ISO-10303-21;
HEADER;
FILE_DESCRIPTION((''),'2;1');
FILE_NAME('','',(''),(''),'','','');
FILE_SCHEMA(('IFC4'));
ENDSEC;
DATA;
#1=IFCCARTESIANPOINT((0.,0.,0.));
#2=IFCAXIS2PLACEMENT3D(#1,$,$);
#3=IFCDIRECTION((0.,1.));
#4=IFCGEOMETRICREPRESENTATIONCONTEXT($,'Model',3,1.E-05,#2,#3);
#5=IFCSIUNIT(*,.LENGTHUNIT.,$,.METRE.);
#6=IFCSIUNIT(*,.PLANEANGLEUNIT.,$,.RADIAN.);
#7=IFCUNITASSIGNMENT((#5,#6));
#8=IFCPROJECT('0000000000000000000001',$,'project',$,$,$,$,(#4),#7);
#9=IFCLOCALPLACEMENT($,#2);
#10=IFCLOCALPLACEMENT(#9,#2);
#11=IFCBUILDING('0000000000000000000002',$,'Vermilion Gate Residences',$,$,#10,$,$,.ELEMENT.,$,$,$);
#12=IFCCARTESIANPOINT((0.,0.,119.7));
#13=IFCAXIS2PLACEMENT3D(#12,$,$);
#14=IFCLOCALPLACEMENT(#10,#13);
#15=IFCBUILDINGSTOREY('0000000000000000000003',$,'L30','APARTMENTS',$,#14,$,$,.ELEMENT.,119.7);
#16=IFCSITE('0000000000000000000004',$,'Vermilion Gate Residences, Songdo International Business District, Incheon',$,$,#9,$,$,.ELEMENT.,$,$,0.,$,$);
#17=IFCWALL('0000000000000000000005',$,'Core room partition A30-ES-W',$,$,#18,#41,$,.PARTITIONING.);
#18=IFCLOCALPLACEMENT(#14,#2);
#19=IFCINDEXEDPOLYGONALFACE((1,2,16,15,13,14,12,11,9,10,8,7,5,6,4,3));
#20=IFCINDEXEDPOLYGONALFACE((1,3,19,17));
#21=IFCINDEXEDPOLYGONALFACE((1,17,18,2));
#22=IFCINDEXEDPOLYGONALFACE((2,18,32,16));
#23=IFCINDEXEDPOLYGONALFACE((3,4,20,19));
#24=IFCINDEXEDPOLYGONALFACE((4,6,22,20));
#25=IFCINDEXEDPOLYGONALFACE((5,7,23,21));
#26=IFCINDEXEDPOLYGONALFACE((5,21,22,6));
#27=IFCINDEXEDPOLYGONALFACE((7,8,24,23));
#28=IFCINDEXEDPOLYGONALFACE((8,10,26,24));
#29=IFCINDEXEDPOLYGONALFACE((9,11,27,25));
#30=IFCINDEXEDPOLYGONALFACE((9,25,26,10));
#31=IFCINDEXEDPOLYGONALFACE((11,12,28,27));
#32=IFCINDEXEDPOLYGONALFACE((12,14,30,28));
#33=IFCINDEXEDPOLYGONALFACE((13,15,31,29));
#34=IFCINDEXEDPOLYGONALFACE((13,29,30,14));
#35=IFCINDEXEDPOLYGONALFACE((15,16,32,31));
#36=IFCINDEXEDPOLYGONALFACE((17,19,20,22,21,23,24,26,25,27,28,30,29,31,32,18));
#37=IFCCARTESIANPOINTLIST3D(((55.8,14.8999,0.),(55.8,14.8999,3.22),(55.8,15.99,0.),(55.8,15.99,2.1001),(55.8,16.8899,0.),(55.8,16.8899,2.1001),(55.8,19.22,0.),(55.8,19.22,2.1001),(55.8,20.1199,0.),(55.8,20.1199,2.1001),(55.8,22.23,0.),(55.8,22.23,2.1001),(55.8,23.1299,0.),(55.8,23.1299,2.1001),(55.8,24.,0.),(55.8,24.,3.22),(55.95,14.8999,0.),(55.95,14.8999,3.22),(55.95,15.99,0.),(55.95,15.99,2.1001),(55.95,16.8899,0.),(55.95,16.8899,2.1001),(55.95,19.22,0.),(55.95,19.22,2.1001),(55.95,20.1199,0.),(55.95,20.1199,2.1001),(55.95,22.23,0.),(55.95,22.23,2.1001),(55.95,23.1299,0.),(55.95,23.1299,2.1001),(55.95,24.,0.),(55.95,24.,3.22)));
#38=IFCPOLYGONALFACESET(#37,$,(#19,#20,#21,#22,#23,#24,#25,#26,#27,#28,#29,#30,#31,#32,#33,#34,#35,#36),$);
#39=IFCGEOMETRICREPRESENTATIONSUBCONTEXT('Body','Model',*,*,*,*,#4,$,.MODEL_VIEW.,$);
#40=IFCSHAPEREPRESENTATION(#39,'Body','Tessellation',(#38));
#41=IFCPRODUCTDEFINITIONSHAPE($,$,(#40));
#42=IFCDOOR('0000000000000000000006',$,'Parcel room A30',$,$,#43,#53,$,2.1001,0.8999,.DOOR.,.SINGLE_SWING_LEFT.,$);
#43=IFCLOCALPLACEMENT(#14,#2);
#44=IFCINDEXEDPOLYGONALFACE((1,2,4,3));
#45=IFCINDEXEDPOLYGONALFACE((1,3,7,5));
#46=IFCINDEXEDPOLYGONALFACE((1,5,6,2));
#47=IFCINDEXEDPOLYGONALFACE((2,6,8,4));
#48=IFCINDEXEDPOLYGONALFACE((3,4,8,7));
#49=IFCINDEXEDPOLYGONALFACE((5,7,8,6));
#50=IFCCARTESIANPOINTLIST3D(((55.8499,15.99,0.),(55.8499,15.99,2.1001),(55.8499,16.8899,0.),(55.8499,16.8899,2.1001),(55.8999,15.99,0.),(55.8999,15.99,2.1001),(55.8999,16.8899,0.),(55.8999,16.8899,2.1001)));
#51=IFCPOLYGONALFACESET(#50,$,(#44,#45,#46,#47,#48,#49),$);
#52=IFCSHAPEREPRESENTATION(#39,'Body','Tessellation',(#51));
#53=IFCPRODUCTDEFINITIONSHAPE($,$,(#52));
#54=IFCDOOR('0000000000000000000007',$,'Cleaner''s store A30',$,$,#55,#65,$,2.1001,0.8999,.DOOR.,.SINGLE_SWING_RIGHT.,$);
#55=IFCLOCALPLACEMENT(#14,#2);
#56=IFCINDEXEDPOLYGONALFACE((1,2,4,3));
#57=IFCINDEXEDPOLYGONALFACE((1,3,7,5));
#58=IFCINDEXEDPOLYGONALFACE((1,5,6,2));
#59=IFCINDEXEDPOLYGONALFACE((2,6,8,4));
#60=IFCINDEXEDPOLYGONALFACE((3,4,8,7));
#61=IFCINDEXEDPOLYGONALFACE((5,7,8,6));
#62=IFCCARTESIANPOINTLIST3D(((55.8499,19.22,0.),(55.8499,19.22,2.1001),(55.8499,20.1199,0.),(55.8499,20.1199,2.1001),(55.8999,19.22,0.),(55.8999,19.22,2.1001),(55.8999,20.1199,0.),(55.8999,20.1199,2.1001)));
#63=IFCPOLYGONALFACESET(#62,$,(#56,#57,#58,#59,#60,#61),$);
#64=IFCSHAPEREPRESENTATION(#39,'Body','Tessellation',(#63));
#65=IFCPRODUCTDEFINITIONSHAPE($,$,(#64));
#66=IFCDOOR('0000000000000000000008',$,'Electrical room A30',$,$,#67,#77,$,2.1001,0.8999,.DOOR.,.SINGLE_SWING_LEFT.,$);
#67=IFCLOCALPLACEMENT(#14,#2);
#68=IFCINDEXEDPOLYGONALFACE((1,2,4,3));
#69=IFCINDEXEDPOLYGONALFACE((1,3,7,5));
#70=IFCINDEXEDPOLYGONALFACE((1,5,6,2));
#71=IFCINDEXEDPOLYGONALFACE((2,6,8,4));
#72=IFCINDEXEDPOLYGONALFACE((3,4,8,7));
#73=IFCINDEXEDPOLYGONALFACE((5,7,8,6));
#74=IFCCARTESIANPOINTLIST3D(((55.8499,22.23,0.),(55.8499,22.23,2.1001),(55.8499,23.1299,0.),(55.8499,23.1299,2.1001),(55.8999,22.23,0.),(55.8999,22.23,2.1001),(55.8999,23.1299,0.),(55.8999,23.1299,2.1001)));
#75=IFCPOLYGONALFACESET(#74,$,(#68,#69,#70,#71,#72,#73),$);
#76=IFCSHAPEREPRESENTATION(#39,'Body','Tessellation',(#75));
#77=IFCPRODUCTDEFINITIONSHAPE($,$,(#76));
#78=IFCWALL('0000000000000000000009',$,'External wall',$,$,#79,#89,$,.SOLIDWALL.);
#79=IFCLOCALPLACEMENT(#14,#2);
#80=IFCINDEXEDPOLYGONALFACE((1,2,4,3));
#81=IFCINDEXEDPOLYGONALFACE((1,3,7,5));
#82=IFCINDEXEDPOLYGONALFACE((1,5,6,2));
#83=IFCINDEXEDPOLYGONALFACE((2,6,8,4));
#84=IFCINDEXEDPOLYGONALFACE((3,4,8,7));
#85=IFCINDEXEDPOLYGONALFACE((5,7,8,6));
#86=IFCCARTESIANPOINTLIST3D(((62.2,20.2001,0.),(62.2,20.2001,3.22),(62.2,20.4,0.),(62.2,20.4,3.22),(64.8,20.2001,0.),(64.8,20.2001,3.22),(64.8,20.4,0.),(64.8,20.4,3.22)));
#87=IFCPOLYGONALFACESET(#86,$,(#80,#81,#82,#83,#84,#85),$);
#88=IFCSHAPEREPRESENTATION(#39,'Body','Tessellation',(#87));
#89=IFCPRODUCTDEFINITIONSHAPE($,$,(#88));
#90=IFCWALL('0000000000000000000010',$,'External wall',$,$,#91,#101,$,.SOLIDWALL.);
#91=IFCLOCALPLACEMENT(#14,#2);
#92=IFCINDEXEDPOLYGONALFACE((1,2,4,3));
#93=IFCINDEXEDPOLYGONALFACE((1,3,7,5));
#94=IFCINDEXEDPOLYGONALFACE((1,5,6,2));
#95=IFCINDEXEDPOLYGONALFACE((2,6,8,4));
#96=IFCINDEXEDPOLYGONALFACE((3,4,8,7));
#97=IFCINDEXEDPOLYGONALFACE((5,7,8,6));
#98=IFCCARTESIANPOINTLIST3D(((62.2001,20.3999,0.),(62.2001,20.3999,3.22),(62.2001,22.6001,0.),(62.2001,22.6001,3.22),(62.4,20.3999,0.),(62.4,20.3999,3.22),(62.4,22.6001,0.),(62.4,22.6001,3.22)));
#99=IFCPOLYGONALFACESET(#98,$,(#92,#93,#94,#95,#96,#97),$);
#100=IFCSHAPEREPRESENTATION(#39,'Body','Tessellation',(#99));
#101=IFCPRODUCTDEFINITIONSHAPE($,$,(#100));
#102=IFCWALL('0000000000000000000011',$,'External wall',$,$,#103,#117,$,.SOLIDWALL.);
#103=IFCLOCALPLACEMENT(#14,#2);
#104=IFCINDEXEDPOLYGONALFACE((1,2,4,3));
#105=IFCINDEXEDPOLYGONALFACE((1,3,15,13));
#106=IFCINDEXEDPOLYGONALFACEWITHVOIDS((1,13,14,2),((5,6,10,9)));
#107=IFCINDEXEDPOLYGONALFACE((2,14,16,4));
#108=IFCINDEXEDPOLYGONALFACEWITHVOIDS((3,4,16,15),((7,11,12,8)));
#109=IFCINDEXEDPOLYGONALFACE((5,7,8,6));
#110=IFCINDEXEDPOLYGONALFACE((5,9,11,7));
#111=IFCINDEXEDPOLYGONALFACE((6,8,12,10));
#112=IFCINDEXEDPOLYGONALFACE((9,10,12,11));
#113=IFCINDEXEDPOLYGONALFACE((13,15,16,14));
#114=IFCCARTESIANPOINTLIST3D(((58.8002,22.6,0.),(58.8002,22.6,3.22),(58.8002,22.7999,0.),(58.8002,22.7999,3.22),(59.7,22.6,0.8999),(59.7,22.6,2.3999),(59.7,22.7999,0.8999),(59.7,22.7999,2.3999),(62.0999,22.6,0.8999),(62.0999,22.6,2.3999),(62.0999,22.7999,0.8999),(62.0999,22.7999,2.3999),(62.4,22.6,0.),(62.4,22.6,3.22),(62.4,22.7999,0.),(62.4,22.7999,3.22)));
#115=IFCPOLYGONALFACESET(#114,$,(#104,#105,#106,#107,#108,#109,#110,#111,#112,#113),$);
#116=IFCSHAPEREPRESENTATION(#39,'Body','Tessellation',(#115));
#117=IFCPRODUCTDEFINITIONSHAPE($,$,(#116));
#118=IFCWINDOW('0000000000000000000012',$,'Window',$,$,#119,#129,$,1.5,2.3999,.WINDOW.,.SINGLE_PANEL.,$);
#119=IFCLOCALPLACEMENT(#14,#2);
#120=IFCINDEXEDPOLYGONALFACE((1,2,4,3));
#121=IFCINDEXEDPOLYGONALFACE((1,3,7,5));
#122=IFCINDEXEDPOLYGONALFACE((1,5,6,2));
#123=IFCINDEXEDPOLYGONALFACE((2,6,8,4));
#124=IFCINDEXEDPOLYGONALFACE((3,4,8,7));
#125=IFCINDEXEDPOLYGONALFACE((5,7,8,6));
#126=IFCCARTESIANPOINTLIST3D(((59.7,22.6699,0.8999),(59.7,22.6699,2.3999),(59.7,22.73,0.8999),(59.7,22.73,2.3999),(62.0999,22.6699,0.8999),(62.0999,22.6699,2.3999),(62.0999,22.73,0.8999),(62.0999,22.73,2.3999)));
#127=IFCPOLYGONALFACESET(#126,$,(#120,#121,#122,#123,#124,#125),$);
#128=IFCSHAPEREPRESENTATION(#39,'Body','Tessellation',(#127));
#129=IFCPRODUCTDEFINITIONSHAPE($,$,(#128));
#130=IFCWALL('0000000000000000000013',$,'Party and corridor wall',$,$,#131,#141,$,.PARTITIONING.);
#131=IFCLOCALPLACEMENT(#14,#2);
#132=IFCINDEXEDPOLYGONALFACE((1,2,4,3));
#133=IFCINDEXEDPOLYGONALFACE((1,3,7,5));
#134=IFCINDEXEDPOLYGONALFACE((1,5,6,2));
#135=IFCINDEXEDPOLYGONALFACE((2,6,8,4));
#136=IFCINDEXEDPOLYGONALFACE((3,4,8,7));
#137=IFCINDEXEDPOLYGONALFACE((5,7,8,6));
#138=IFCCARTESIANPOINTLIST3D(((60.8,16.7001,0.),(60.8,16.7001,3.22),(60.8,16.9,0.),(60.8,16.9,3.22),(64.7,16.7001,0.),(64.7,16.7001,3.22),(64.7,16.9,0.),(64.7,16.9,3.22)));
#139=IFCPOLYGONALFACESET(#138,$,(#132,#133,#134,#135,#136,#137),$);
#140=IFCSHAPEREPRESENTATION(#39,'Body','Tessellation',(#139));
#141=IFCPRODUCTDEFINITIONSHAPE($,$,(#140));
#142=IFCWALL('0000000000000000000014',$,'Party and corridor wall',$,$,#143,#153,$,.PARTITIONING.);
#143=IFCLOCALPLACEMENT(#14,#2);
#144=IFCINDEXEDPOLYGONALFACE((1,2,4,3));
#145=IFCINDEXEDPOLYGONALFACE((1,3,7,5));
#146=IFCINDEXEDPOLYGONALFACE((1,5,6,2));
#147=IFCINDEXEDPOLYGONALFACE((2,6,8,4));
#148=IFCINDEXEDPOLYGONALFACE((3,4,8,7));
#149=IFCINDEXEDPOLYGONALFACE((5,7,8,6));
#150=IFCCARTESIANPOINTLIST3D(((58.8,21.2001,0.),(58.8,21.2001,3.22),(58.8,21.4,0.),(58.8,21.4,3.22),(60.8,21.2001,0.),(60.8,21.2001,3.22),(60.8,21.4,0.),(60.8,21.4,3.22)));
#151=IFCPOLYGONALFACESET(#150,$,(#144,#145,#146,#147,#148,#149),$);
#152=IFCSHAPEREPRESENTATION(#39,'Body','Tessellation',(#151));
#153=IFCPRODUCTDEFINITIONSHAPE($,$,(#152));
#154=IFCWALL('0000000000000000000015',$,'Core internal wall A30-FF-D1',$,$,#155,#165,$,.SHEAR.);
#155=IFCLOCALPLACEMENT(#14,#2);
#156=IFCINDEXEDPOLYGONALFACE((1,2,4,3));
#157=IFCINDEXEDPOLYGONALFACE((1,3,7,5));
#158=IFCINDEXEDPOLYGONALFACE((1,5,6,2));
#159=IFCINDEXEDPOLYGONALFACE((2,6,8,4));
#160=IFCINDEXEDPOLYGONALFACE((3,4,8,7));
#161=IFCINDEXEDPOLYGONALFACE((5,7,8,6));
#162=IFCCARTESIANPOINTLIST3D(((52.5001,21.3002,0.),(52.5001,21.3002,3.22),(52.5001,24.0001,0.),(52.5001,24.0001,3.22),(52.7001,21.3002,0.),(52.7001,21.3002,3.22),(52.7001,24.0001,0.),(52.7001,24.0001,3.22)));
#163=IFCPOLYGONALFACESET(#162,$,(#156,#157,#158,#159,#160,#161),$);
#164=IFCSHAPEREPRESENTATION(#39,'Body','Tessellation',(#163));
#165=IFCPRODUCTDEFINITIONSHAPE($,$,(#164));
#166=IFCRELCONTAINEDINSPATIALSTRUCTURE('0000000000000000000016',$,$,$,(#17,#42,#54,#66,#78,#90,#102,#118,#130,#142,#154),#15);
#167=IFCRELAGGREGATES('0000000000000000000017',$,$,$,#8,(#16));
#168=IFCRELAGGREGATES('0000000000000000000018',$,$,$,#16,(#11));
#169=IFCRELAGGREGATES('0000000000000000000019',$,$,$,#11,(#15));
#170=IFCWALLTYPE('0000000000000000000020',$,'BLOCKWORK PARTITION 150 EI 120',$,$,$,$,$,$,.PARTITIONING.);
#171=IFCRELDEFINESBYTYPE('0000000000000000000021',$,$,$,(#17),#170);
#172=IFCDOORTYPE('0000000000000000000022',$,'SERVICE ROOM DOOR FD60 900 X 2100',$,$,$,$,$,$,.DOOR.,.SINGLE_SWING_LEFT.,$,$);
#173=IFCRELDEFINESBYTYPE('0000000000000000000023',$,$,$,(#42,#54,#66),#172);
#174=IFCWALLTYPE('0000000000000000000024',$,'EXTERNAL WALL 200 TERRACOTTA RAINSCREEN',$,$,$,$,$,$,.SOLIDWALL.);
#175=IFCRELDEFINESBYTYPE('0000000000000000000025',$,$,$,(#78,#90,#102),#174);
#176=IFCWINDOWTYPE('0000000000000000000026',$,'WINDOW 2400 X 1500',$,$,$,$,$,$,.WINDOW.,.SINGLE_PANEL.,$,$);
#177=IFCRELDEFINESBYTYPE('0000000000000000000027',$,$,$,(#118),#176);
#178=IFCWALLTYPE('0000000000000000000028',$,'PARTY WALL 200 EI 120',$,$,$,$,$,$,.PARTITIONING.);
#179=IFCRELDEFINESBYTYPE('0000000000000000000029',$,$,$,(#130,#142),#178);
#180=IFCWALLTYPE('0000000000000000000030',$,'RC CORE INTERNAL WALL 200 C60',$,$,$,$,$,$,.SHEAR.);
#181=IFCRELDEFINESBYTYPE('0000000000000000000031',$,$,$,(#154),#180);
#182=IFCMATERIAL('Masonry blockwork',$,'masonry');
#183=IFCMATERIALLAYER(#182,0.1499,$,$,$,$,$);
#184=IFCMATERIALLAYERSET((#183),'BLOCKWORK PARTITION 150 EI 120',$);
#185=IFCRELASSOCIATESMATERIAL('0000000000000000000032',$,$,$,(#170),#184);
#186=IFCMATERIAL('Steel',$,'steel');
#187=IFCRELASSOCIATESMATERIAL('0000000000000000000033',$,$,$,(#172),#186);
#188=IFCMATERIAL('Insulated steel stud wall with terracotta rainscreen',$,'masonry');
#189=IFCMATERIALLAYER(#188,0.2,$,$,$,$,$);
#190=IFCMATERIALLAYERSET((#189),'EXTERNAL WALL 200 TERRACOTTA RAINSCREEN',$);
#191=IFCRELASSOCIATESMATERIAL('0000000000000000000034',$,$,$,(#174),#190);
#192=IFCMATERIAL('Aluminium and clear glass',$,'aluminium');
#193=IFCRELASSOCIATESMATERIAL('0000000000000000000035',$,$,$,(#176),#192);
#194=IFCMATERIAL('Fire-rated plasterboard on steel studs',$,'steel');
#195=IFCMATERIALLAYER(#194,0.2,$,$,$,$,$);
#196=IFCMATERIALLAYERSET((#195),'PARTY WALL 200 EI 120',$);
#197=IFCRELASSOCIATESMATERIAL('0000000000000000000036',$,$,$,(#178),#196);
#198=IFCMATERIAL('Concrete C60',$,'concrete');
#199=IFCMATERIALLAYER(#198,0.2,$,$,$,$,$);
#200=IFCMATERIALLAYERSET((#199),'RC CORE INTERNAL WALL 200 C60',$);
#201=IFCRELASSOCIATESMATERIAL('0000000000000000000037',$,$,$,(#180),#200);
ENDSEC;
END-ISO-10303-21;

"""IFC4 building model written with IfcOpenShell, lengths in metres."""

from ifc_helpers import new_model, si_unit, direction, frame, frame_2d, origin, place, context, subcontext, project, spatial, rectangle, extrude, material, layer, layer_set, type_object, element, fill, save


model = new_model("IFC4")

# Units and contexts
model_context = context("Model", 3, precision=1e-05, world=origin(), true_north=direction((0.0, 1.0)))
body_context = subcontext(model_context, "Body", "Model", "MODEL_VIEW")
ifc_project = project(units=[si_unit("LENGTHUNIT", "METRE"), si_unit("PLANEANGLEUNIT", "RADIAN")], contexts=[model_context])

# Site, building, storey
site_placement = place(None, origin())
site = spatial("IfcSite", under=ifc_project, at=site_placement, Name="Vermilion Gate Residences, Songdo International Business District, Incheon", CompositionType="ELEMENT", RefElevation=0.0)
building_placement = place(site_placement, origin())
building = spatial("IfcBuilding", under=site, at=building_placement, Name="Vermilion Gate Residences", CompositionType="ELEMENT")
storey_placement = place(building_placement, frame((0.0, 0.0, 119.7)))
storey = spatial("IfcBuildingStorey", under=building, at=storey_placement, Name="L30", Description="APARTMENTS", CompositionType="ELEMENT", Elevation=119.7)

# Shared definitions
ifc_material_1 = material(Name="Masonry blockwork", Category="masonry")
ifc_layer_1 = layer(ifc_material_1, 0.1499)
ifc_layer_set_1 = layer_set([ifc_layer_1], Name="BLOCKWORK PARTITION 150 EI 120")
wall_type_1 = type_object("IfcWallType", Name="BLOCKWORK PARTITION 150 EI 120", PredefinedType="PARTITIONING", material=ifc_layer_set_1)

# Wall, openings, doors
wall_1_placement = place(storey_placement, frame((55.875, 14.8999, 0.0), z_axis=(0.0, 0.0, 1.0), x_axis=(0.0, 1.0, 0.0)))
wall_1 = element("IfcWall", 1, at=wall_1_placement, inside=storey, type_object=wall_type_1, Name="Core room partition A30-ES-W", PredefinedType="PARTITIONING", context=body_context, shape_type="SweptSolid", body=[
    extrude(rectangle(XDim=9.1001, YDim=0.1499, at=frame_2d((4.55, 0.0))), origin(), (0.0, 0.0, 1.0), 3.22),
])
opening_1_placement = place(wall_1_placement, frame((1.0901, 0.0, 0.0)))
opening_1 = element("IfcOpeningElement", 2, at=opening_1_placement, cuts=wall_1, PredefinedType="OPENING", context=body_context, shape_type="SweptSolid", body=[
    extrude(rectangle(XDim=0.8999, YDim=2.1001, at=frame_2d((0.45, 1.05))), frame((0.0, 0.085, 0.0), z_axis=(0.0, -1.0, 0.0), x_axis=(1.0, 0.0, 0.0)), (0.0, 0.0, 1.0), 0.1699),
])
opening_2_placement = place(wall_1_placement, frame((4.3201, 0.0, 0.0)))
opening_2 = element("IfcOpeningElement", 3, at=opening_2_placement, cuts=wall_1, PredefinedType="OPENING", context=body_context, shape_type="SweptSolid", body=[
    extrude(rectangle(XDim=0.8999, YDim=2.1001, at=frame_2d((0.45, 1.05))), frame((0.0, 0.085, 0.0), z_axis=(0.0, -1.0, 0.0), x_axis=(1.0, 0.0, 0.0)), (0.0, 0.0, 1.0), 0.1699),
])
opening_3_placement = place(wall_1_placement, frame((7.3301, 0.0, 0.0)))
opening_3 = element("IfcOpeningElement", 4, at=opening_3_placement, cuts=wall_1, PredefinedType="OPENING", context=body_context, shape_type="SweptSolid", body=[
    extrude(rectangle(XDim=0.8999, YDim=2.1001, at=frame_2d((0.45, 1.05))), frame((0.0, 0.085, 0.0), z_axis=(0.0, -1.0, 0.0), x_axis=(1.0, 0.0, 0.0)), (0.0, 0.0, 1.0), 0.1699),
])
ifc_material_2 = material(Name="Steel", Category="steel")
door_type_1 = type_object("IfcDoorType", Name="SERVICE ROOM DOOR FD60 900 X 2100", OperationType="SINGLE_SWING_LEFT", PredefinedType="DOOR", material=ifc_material_2)
door_1_placement = place(opening_1_placement, frame((0.8999, 0.0, 0.0), z_axis=(0.0, 0.0, 1.0), x_axis=(-1.0, 0.0, 0.0)))
door_1 = element("IfcDoor", 5, at=door_1_placement, inside=storey, type_object=door_type_1, Name="Parcel room A30", OperationType="SINGLE_SWING_LEFT", OverallHeight=2.1001, OverallWidth=0.8999, PredefinedType="DOOR", context=body_context, shape_type="SweptSolid", body=[
    extrude(rectangle(XDim=0.8999, YDim=2.1001, at=frame_2d((0.45, 1.05))), frame((0.0, 0.0249, 0.0), z_axis=(0.0, -1.0, 0.0), x_axis=(1.0, 0.0, 0.0)), (0.0, 0.0, 1.0), 0.05),
])
fill(opening_1, door_1)
door_2_placement = place(opening_2_placement, frame((0.8999, 0.0, 0.0), z_axis=(0.0, 0.0, 1.0), x_axis=(-1.0, 0.0, 0.0)))
door_2 = element("IfcDoor", 6, at=door_2_placement, inside=storey, type_object=door_type_1, Name="Cleaner's store A30", OperationType="SINGLE_SWING_RIGHT", OverallHeight=2.1001, OverallWidth=0.8999, PredefinedType="DOOR", context=body_context, shape_type="SweptSolid", body=[
    extrude(rectangle(XDim=0.8999, YDim=2.1001, at=frame_2d((0.45, 1.05))), frame((0.0, 0.0249, 0.0), z_axis=(0.0, -1.0, 0.0), x_axis=(1.0, 0.0, 0.0)), (0.0, 0.0, 1.0), 0.05),
])
fill(opening_2, door_2)
door_3_placement = place(opening_3_placement, frame((0.8999, 0.0, 0.0), z_axis=(0.0, 0.0, 1.0), x_axis=(-1.0, 0.0, 0.0)))
door_3 = element("IfcDoor", 7, at=door_3_placement, inside=storey, type_object=door_type_1, Name="Electrical room A30", OperationType="SINGLE_SWING_LEFT", OverallHeight=2.1001, OverallWidth=0.8999, PredefinedType="DOOR", context=body_context, shape_type="SweptSolid", body=[
    extrude(rectangle(XDim=0.8999, YDim=2.1001, at=frame_2d((0.45, 1.05))), frame((0.0, 0.0249, 0.0), z_axis=(0.0, -1.0, 0.0), x_axis=(1.0, 0.0, 0.0)), (0.0, 0.0, 1.0), 0.05),
])
fill(opening_3, door_3)

# Walls
ifc_material_3 = material(Name="Insulated steel stud wall with terracotta rainscreen", Category="masonry")
ifc_layer_2 = layer(ifc_material_3, 0.2)
ifc_layer_set_2 = layer_set([ifc_layer_2], Name="EXTERNAL WALL 200 TERRACOTTA RAINSCREEN")
wall_type_2 = type_object("IfcWallType", Name="EXTERNAL WALL 200 TERRACOTTA RAINSCREEN", PredefinedType="SOLIDWALL", material=ifc_layer_set_2)
wall_2_placement = place(storey_placement, frame((64.8, 20.3, 0.0), z_axis=(0.0, 0.0, 1.0), x_axis=(-1.0, 0.0, 0.0)))
element("IfcWall", 8, at=wall_2_placement, inside=storey, type_object=wall_type_2, Name="External wall", PredefinedType="SOLIDWALL", context=body_context, shape_type="SweptSolid", body=[
    extrude(rectangle(XDim=2.6001, YDim=0.2, at=frame_2d((1.3, 0.0))), origin(), (0.0, 0.0, 1.0), 3.22),
])
wall_3_placement = place(storey_placement, frame((62.3, 20.3999, 0.0), z_axis=(0.0, 0.0, 1.0), x_axis=(0.0, 1.0, 0.0)))
element("IfcWall", 9, at=wall_3_placement, inside=storey, type_object=wall_type_2, Name="External wall", PredefinedType="SOLIDWALL", context=body_context, shape_type="SweptSolid", body=[
    extrude(rectangle(XDim=2.2002, YDim=0.2, at=frame_2d((1.1001, 0.0))), origin(), (0.0, 0.0, 1.0), 3.22),
])

# Wall, opening, window
wall_4_placement = place(storey_placement, frame((62.3999, 22.7, 0.0), z_axis=(0.0, 0.0, 1.0), x_axis=(-1.0, 0.0, 0.0)))
wall_4 = element("IfcWall", 10, at=wall_4_placement, inside=storey, type_object=wall_type_2, Name="External wall", PredefinedType="SOLIDWALL", context=body_context, shape_type="SweptSolid", body=[
    extrude(rectangle(XDim=3.5999, YDim=0.2, at=frame_2d((1.7998, 0.0))), origin(), (0.0, 0.0, 1.0), 3.22),
])
opening_4_placement = place(wall_4_placement, frame((0.3, 0.0, 0.8999)))
opening_4 = element("IfcOpeningElement", 11, at=opening_4_placement, cuts=wall_4, PredefinedType="OPENING", context=body_context, shape_type="SweptSolid", body=[
    extrude(rectangle(XDim=2.3999, YDim=1.5, at=frame_2d((1.2, 0.75))), frame((0.0, 0.1099, 0.0), z_axis=(0.0, -1.0, 0.0), x_axis=(1.0, 0.0, 0.0)), (0.0, 0.0, 1.0), 0.22),
])
ifc_material_4 = material(Name="Aluminium and clear glass", Category="aluminium")
window_type = type_object("IfcWindowType", Name="WINDOW 2400 X 1500", PartitioningType="SINGLE_PANEL", PredefinedType="WINDOW", material=ifc_material_4)
window_placement = place(opening_4_placement, origin())
window = element("IfcWindow", 12, at=window_placement, inside=storey, type_object=window_type, Name="Window", OverallHeight=1.5, OverallWidth=2.3999, PartitioningType="SINGLE_PANEL", PredefinedType="WINDOW", context=body_context, shape_type="SweptSolid", body=[
    extrude(rectangle(XDim=2.3999, YDim=1.5, at=frame_2d((1.2, 0.75))), frame((0.0, 0.03, 0.0), z_axis=(0.0, -1.0, 0.0), x_axis=(1.0, 0.0, 0.0)), (0.0, 0.0, 1.0), 0.0601),
])
fill(opening_4, window)

# Walls
ifc_material_5 = material(Name="Fire-rated plasterboard on steel studs", Category="steel")
ifc_layer_3 = layer(ifc_material_5, 0.2)
ifc_layer_set_3 = layer_set([ifc_layer_3], Name="PARTY WALL 200 EI 120")
wall_type_3 = type_object("IfcWallType", Name="PARTY WALL 200 EI 120", PredefinedType="PARTITIONING", material=ifc_layer_set_3)
wall_5_placement = place(storey_placement, frame((60.8, 16.8, 0.0), z_axis=(0.0, 0.0, 1.0), x_axis=(1.0, 0.0, 0.0)))
element("IfcWall", 13, at=wall_5_placement, inside=storey, type_object=wall_type_3, Name="Party and corridor wall", PredefinedType="PARTITIONING", context=body_context, shape_type="SweptSolid", body=[
    extrude(rectangle(XDim=3.8999, YDim=0.2, at=frame_2d((1.95, 0.0))), origin(), (0.0, 0.0, 1.0), 3.22),
])
wall_6_placement = place(storey_placement, frame((58.8, 21.3, 0.0), z_axis=(0.0, 0.0, 1.0), x_axis=(1.0, 0.0, 0.0)))
element("IfcWall", 14, at=wall_6_placement, inside=storey, type_object=wall_type_3, Name="Party and corridor wall", PredefinedType="PARTITIONING", context=body_context, shape_type="SweptSolid", body=[
    extrude(rectangle(XDim=2.0, YDim=0.2, at=frame_2d((1.0, 0.0))), origin(), (0.0, 0.0, 1.0), 3.22),
])
ifc_material_6 = material(Name="Concrete C60", Category="concrete")
ifc_layer_4 = layer(ifc_material_6, 0.2)
ifc_layer_set_4 = layer_set([ifc_layer_4], Name="RC CORE INTERNAL WALL 200 C60")
wall_type_4 = type_object("IfcWallType", Name="RC CORE INTERNAL WALL 200 C60", PredefinedType="SHEAR", material=ifc_layer_set_4)
wall_7_placement = place(storey_placement, frame((52.6001, 21.3, 0.0), z_axis=(0.0, 0.0, 1.0), x_axis=(0.0, 1.0, 0.0)))
element("IfcWall", 15, at=wall_7_placement, inside=storey, type_object=wall_type_4, Name="Core internal wall A30-FF-D1", PredefinedType="SHEAR", context=body_context, shape_type="SweptSolid", body=[
    extrude(rectangle(XDim=2.7, YDim=0.2, at=frame_2d((1.3501, 0.0))), origin(), (0.0, 0.0, 1.0), 3.22),
])

save(model, "model.ifc")
